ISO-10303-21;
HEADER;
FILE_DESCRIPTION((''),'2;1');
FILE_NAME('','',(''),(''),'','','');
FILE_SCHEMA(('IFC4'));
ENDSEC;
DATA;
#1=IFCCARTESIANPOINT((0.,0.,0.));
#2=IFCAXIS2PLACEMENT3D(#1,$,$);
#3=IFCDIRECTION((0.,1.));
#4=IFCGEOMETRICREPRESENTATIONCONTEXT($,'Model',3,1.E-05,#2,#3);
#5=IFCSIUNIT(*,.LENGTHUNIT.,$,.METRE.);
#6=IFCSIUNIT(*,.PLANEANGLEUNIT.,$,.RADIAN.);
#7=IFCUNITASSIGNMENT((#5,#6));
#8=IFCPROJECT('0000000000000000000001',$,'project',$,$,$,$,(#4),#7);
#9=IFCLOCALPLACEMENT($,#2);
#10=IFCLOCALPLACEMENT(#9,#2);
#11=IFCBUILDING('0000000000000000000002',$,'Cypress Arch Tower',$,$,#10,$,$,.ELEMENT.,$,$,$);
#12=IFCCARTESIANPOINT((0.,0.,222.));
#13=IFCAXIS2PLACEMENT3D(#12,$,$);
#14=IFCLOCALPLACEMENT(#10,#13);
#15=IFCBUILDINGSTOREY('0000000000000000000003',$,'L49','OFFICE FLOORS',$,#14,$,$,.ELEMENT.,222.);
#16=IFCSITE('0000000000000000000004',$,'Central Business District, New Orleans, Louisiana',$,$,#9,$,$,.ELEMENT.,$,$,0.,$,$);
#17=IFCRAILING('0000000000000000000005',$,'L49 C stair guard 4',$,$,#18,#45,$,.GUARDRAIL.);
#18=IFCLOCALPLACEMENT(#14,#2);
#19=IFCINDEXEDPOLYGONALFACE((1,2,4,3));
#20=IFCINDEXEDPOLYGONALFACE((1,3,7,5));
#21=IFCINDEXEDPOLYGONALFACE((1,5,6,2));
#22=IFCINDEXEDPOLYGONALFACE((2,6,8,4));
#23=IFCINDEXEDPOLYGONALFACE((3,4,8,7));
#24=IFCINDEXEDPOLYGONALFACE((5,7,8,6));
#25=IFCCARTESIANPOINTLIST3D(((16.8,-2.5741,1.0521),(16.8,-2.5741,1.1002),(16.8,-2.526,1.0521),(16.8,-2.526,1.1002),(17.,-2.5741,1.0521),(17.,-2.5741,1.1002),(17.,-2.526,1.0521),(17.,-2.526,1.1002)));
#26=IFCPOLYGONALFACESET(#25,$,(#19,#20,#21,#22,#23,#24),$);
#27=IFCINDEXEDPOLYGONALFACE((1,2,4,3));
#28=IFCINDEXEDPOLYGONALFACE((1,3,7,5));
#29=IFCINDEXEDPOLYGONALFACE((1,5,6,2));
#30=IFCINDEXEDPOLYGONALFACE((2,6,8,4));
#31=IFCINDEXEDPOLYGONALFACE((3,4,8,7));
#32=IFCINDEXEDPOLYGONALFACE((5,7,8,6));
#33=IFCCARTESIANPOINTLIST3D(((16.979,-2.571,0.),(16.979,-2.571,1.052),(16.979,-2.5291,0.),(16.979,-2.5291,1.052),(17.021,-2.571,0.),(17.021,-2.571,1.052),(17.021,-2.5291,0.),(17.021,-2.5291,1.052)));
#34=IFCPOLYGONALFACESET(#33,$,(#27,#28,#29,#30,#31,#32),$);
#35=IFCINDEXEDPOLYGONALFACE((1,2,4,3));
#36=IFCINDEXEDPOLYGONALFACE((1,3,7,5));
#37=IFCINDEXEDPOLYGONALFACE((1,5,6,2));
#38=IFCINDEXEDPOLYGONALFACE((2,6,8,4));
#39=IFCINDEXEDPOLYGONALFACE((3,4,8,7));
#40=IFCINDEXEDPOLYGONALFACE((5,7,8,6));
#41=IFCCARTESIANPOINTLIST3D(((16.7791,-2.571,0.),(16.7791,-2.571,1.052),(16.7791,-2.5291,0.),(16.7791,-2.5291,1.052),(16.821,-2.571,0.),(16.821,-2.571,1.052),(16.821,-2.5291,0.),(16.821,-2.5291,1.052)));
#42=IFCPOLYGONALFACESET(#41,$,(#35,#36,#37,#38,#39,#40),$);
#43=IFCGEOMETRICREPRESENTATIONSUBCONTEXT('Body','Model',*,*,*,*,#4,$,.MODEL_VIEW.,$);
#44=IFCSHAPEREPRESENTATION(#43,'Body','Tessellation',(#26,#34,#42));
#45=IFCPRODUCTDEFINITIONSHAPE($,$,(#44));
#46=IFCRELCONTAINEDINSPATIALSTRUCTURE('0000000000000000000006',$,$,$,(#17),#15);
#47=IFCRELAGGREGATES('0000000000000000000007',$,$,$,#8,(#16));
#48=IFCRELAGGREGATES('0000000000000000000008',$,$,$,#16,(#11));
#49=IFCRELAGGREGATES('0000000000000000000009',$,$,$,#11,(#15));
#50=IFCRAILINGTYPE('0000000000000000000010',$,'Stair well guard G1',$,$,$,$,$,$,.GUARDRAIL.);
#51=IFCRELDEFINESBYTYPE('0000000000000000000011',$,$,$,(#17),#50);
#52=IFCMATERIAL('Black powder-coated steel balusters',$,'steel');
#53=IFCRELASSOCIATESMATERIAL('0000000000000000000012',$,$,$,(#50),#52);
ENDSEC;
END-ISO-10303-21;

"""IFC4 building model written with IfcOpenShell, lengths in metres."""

from ifc_helpers import new_model, si_unit, direction, frame, origin, origin_2d, place, context, subcontext, project, spatial, rectangle, extrude, material, type_object, element, save


model = new_model("IFC4")

# Units and contexts
model_context = context("Model", 3, precision=1e-05, world=origin(), true_north=direction((0.0, 1.0)))
body_context = subcontext(model_context, "Body", "Model", "MODEL_VIEW")
ifc_project = project(units=[si_unit("LENGTHUNIT", "METRE"), si_unit("PLANEANGLEUNIT", "RADIAN")], contexts=[model_context])

# Site, building, storey
site_placement = place(None, origin())
site = spatial("IfcSite", under=ifc_project, at=site_placement, Name="Central Business District, New Orleans, Louisiana", CompositionType="ELEMENT", RefElevation=0.0)
building_placement = place(site_placement, origin())
building = spatial("IfcBuilding", under=site, at=building_placement, Name="Cypress Arch Tower", CompositionType="ELEMENT")
storey_placement = place(building_placement, frame((0.0, 0.0, 222.0)))
storey = spatial("IfcBuildingStorey", under=building, at=storey_placement, Name="L49", Description="OFFICE FLOORS", CompositionType="ELEMENT", Elevation=222.0)

# Railing
ifc_material_1 = material(Name="Black powder-coated steel balusters", Category="steel")
railing_type_1 = type_object("IfcRailingType", Name="Stair well guard G1", PredefinedType="GUARDRAIL", material=ifc_material_1)
railing_1_placement = place(storey_placement, frame((17.0, -2.55, 0.0)))
element("IfcRailing", 1, at=railing_1_placement, inside=storey, type_object=railing_type_1, Name="L49 C stair guard 4", PredefinedType="GUARDRAIL", context=body_context, shape_type="SweptSolid", body=[
    extrude(rectangle(XDim=0.0481, YDim=0.0481, at=origin_2d()), frame((0.0, 0.0, 1.0762), z_axis=(-1.0, 0.0, 0.0), x_axis=(0.0, -1.0, 0.0)), (0.0, 0.0, 1.0), 0.2),
    extrude(rectangle(XDim=0.042, YDim=0.042, at=origin_2d()), origin(), (0.0, 0.0, 1.0), 1.052),
    extrude(rectangle(XDim=0.042, YDim=0.042, at=origin_2d()), frame((-0.2, 0.0, 0.0)), (0.0, 0.0, 1.0), 1.052),
])

save(model, "model.ifc")
